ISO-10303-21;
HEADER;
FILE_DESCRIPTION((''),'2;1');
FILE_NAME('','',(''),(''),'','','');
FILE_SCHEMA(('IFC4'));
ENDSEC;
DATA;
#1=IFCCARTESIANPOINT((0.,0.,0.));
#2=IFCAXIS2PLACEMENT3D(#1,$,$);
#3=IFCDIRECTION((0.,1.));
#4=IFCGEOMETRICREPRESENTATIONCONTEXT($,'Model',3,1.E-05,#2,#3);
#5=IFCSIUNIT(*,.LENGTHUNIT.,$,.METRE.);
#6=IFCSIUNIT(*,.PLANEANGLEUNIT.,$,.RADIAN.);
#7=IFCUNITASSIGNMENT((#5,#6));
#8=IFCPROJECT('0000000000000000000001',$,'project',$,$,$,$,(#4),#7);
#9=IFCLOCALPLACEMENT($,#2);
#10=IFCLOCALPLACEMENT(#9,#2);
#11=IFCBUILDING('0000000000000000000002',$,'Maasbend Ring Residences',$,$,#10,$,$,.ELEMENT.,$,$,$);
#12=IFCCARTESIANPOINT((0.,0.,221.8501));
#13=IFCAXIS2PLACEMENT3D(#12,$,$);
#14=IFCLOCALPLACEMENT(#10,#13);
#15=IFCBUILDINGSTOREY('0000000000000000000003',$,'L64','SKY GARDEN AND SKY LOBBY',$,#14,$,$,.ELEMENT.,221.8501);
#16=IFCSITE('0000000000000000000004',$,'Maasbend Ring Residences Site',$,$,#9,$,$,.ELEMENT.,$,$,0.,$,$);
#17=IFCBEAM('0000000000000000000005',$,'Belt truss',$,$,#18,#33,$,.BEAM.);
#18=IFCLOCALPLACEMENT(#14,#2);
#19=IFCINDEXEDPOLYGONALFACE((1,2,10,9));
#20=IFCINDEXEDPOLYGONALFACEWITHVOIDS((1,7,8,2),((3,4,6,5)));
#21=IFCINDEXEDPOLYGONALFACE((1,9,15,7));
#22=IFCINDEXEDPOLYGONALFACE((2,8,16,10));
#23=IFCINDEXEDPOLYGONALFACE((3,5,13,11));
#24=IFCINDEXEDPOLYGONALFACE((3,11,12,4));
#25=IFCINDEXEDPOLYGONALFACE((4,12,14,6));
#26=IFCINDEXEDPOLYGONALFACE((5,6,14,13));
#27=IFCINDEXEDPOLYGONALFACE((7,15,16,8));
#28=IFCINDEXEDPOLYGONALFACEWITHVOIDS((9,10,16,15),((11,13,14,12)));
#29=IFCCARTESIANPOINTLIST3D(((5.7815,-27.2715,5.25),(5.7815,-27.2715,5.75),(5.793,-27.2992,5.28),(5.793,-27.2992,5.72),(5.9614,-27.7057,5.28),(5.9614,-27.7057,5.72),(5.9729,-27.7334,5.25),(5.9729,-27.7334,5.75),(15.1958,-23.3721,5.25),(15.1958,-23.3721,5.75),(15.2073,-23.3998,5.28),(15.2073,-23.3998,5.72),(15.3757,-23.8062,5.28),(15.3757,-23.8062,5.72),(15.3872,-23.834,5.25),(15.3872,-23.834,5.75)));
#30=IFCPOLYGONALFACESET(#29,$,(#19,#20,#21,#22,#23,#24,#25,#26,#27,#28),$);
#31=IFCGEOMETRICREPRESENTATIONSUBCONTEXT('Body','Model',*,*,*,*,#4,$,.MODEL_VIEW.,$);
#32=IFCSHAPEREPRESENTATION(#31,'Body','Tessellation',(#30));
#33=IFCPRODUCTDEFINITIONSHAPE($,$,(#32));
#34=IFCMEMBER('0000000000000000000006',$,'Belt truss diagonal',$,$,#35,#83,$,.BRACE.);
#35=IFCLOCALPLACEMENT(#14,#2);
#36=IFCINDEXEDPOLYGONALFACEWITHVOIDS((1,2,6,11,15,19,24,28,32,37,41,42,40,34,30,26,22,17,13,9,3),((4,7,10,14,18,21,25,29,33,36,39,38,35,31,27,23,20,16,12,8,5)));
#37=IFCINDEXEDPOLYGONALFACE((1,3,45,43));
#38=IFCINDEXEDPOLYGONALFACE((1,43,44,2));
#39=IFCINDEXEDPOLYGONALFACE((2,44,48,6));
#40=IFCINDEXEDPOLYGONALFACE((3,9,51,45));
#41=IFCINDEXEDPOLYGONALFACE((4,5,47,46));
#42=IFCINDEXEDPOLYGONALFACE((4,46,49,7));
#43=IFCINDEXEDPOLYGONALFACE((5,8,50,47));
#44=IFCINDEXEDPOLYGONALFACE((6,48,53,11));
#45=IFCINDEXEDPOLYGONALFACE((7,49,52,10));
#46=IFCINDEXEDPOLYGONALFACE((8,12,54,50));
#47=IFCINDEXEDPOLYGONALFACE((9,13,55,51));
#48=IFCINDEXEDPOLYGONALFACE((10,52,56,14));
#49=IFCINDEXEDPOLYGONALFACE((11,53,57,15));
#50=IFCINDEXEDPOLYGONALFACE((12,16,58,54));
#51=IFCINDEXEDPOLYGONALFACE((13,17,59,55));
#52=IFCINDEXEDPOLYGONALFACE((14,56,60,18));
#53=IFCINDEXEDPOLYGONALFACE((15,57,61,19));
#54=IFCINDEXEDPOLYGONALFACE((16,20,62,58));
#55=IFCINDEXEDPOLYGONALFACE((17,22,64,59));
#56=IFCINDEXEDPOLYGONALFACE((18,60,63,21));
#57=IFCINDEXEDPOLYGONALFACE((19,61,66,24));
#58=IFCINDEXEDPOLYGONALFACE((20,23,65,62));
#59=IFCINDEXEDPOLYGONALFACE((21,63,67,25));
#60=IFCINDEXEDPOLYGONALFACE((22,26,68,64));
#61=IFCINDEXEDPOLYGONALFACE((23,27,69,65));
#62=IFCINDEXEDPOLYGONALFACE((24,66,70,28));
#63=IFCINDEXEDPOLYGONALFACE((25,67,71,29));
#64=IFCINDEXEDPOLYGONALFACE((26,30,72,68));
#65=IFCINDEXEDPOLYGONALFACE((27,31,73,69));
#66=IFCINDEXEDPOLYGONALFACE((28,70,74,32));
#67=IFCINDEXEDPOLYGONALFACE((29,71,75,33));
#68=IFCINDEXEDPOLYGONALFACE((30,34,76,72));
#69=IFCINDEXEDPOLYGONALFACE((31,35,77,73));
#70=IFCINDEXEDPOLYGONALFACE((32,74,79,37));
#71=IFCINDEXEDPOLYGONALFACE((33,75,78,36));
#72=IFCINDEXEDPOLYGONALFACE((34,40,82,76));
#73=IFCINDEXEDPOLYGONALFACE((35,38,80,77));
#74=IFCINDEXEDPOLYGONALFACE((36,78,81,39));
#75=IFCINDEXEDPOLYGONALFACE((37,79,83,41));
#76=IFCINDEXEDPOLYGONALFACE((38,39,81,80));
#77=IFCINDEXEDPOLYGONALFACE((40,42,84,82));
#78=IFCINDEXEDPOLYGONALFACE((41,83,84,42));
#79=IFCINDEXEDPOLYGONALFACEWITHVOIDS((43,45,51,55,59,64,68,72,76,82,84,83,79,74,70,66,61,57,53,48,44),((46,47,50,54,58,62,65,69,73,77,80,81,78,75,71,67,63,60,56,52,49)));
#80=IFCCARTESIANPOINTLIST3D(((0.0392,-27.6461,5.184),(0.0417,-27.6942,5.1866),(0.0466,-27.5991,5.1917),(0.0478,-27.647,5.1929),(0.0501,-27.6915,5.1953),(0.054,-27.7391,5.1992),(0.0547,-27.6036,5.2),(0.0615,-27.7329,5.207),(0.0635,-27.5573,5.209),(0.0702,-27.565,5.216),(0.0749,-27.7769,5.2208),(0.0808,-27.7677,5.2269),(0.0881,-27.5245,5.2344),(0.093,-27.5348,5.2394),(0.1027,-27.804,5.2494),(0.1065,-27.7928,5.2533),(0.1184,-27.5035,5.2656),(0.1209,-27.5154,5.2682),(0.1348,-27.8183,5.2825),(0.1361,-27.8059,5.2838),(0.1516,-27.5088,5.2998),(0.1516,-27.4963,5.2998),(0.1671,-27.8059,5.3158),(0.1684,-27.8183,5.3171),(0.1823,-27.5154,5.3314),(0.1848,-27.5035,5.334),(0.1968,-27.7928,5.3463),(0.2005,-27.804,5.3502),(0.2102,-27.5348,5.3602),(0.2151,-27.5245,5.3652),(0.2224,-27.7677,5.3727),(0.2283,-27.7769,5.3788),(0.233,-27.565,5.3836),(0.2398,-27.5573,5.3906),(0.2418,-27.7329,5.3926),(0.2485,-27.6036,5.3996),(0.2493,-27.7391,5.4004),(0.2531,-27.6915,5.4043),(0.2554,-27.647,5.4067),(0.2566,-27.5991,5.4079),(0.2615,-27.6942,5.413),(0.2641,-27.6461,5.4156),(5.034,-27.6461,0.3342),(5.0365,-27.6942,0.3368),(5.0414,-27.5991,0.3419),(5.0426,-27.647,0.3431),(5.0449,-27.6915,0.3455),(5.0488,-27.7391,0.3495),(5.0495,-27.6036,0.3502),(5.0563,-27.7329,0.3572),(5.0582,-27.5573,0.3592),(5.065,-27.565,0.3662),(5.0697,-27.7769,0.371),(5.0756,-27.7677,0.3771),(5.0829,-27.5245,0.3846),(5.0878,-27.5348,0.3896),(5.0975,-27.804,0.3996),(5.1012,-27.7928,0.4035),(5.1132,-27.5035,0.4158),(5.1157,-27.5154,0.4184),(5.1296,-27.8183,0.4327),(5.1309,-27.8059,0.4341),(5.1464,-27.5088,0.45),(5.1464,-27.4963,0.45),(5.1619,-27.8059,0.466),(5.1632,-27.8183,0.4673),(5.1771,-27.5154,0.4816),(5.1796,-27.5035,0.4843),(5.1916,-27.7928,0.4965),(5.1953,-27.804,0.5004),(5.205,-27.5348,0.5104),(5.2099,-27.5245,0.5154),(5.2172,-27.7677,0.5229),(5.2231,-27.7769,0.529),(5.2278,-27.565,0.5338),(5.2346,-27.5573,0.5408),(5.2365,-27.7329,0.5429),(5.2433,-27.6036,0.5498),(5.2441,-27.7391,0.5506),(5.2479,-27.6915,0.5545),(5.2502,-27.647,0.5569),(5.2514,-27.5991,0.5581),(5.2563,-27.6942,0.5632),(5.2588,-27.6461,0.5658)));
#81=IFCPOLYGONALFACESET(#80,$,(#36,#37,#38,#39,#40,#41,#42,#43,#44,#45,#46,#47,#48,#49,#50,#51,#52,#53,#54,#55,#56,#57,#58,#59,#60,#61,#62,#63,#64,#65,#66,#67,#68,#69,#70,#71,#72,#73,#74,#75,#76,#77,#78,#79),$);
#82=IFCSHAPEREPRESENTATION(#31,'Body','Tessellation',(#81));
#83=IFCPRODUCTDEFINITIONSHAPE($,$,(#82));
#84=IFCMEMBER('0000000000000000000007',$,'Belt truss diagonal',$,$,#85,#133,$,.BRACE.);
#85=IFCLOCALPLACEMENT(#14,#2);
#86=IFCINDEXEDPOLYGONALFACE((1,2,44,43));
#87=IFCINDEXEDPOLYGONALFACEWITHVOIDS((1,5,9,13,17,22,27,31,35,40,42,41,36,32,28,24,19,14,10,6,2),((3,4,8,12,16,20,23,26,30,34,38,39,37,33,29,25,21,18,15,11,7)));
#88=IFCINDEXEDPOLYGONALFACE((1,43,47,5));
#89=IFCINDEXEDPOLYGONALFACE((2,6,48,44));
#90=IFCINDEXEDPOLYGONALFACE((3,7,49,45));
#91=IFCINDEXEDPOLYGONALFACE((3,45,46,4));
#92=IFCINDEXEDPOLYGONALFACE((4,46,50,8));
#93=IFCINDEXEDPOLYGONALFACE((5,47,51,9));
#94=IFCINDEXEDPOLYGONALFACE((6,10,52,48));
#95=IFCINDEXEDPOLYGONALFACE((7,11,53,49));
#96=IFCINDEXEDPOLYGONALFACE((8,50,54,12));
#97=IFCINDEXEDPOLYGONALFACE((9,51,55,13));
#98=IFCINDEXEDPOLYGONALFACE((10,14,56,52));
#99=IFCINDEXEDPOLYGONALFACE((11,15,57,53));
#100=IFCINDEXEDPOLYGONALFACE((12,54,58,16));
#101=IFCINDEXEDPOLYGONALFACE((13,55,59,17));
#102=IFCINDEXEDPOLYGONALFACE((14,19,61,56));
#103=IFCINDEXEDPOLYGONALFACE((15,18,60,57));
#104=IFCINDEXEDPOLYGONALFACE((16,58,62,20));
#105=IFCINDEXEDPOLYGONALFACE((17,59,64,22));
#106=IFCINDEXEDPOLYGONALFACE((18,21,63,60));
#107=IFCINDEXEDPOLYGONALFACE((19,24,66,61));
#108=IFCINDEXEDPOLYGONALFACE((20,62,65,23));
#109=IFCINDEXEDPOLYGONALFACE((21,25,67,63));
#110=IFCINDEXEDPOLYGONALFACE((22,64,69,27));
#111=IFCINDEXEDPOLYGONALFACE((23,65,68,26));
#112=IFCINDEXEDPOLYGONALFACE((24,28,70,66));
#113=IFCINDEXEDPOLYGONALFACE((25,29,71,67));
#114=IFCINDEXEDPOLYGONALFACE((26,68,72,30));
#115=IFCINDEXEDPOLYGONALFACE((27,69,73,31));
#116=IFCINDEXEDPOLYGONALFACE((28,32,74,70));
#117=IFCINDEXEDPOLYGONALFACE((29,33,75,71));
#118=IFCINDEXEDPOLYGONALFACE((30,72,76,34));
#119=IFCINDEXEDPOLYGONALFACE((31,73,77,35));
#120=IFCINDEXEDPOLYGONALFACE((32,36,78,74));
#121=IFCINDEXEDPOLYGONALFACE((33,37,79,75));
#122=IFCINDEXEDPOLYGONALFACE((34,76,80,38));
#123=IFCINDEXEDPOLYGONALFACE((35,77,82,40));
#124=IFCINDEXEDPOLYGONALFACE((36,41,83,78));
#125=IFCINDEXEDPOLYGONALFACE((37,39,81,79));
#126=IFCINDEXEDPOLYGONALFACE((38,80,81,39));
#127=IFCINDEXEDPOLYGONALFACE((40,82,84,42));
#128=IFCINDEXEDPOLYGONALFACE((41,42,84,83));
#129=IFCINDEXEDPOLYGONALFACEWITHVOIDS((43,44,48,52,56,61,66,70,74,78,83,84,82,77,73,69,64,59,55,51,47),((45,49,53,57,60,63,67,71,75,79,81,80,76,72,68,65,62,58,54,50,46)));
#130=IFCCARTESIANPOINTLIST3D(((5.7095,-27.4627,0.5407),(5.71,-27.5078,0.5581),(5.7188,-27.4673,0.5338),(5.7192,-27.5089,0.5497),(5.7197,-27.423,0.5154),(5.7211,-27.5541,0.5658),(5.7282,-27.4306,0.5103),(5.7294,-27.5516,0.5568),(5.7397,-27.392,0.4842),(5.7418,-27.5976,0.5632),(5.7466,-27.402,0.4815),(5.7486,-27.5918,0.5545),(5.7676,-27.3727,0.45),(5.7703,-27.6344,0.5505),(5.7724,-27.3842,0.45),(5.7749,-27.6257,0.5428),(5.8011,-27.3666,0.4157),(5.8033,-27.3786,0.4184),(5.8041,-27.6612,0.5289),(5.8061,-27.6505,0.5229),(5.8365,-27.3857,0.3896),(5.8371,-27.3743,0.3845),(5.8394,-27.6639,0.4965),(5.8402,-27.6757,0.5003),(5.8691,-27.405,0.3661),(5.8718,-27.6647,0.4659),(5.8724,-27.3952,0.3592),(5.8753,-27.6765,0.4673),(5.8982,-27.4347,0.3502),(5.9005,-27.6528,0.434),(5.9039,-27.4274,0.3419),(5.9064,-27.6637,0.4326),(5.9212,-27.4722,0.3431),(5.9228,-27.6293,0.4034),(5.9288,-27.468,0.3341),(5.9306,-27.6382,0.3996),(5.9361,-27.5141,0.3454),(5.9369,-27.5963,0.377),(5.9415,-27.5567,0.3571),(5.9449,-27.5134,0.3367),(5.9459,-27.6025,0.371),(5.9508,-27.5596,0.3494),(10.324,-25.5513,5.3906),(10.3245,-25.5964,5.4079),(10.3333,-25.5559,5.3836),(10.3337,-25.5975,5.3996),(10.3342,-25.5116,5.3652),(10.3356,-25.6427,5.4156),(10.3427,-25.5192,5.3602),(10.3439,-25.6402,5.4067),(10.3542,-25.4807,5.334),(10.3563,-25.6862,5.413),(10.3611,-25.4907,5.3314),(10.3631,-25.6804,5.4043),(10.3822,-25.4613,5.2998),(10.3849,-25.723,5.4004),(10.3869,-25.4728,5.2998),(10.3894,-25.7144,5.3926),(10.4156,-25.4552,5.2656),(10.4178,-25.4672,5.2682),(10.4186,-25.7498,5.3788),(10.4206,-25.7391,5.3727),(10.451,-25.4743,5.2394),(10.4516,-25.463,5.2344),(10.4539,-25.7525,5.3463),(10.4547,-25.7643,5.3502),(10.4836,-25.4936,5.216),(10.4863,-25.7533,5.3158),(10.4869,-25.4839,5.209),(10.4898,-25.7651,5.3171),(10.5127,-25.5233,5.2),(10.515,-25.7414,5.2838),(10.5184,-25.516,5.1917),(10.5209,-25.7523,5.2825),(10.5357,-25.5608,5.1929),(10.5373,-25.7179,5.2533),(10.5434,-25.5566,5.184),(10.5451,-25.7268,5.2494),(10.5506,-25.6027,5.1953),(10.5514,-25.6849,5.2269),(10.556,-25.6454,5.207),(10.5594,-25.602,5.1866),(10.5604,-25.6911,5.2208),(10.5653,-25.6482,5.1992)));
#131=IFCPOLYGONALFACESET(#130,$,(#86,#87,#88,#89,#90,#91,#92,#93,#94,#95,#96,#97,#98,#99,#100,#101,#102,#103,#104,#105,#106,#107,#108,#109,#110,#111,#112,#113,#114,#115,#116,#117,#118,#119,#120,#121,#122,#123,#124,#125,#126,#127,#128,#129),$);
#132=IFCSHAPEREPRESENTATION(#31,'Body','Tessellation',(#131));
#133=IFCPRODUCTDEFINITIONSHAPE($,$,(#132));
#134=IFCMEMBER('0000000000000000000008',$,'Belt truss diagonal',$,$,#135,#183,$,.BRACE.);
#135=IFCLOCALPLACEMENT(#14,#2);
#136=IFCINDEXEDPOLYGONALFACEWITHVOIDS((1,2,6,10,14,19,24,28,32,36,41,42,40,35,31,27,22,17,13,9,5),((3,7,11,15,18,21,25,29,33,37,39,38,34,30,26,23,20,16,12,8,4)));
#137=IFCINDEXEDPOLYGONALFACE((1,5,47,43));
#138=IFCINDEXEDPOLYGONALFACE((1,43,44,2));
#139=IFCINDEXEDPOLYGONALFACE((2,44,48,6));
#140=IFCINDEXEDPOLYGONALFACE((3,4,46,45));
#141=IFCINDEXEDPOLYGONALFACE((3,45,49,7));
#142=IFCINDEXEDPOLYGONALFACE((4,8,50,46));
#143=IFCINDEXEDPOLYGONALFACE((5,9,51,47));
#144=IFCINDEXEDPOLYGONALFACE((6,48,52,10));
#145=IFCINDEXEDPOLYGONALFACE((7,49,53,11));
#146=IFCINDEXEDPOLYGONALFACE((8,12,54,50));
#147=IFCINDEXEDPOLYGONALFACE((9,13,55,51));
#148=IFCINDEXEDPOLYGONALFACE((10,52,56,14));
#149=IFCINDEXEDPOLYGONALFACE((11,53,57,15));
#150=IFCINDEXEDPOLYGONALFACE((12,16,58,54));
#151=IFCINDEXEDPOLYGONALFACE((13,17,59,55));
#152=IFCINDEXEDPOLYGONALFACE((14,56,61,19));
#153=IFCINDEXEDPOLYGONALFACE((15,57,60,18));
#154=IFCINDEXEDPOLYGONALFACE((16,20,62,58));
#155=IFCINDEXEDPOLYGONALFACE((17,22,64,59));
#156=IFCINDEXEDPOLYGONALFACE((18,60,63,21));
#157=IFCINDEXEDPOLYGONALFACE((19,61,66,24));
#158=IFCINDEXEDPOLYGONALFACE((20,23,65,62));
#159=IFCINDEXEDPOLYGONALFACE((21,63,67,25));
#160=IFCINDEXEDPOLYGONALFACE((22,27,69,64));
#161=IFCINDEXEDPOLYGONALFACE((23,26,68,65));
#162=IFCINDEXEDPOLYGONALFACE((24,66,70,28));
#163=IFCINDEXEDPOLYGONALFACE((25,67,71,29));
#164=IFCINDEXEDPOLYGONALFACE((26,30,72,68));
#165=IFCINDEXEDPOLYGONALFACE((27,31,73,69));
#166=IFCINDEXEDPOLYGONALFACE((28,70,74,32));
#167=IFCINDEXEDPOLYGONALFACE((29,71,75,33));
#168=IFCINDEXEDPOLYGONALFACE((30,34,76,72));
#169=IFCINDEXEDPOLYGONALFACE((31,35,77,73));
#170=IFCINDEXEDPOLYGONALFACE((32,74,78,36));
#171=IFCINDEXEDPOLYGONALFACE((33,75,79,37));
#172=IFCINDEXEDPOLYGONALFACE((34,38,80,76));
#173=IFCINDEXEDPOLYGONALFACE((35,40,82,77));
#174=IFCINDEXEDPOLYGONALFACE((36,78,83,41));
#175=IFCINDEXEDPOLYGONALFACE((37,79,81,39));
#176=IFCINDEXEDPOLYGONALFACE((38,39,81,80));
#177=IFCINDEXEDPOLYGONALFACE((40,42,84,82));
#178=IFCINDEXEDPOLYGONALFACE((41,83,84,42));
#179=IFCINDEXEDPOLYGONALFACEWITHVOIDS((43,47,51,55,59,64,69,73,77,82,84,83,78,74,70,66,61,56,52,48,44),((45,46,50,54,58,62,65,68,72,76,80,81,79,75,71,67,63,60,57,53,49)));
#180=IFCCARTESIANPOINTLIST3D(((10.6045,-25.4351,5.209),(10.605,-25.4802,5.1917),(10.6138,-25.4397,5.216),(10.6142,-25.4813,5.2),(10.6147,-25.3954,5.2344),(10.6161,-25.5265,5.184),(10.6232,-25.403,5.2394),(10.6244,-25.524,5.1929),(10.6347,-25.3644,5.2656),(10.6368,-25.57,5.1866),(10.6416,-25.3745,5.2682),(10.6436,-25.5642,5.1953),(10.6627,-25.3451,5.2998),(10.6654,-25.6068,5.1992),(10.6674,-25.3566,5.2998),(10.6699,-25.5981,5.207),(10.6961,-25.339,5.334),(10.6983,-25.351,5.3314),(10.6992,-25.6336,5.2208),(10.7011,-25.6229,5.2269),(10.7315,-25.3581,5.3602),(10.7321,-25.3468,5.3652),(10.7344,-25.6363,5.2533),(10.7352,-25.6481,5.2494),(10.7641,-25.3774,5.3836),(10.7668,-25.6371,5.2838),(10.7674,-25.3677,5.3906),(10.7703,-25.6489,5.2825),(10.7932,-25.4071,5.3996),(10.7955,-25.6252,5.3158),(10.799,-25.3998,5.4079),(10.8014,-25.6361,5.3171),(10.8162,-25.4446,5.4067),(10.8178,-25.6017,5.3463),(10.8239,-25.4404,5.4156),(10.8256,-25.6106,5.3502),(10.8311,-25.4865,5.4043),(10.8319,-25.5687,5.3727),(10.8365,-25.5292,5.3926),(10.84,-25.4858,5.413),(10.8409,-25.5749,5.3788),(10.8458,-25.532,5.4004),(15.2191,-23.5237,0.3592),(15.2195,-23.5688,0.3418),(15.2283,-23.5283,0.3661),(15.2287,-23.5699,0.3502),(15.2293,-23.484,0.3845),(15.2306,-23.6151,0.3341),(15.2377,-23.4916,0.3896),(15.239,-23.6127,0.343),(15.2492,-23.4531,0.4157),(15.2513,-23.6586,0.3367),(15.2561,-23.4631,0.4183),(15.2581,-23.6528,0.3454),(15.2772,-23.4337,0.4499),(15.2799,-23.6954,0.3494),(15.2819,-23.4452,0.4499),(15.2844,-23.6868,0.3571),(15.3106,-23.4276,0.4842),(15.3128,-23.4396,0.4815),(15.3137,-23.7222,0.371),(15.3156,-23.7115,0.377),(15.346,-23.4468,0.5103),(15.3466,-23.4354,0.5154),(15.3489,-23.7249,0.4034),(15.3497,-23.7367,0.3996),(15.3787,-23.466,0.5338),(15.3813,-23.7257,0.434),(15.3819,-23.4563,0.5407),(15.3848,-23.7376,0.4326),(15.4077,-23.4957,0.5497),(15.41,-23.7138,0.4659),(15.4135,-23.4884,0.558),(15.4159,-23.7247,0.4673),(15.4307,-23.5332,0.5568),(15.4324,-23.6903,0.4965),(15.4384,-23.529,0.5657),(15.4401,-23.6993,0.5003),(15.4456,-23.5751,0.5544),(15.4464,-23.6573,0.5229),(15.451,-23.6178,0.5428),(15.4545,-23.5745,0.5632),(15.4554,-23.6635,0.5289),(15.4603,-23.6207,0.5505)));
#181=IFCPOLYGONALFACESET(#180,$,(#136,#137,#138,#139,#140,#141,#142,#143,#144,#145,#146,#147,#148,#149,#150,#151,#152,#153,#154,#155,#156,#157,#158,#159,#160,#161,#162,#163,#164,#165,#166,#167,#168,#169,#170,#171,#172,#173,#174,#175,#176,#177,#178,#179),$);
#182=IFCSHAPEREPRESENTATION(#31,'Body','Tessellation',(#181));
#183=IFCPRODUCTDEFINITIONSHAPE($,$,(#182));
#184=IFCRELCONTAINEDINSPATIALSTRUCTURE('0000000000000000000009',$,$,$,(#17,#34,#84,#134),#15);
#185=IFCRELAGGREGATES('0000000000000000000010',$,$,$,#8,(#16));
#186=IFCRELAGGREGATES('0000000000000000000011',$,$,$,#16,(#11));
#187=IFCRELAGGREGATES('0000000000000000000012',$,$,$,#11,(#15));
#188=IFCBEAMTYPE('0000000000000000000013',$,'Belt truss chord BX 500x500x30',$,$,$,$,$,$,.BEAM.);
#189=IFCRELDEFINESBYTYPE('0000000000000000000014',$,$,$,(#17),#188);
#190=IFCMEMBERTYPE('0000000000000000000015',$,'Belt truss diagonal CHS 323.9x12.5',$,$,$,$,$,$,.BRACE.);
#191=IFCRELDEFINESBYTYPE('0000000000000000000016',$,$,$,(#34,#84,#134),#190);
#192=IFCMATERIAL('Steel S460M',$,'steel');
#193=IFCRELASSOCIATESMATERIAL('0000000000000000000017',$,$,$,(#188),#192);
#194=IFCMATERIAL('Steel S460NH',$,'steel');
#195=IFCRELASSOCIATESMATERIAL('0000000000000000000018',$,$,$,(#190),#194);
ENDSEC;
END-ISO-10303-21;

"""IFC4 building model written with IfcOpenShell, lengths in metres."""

from ifc_helpers import new_model, si_unit, direction, frame, origin, origin_2d, place, context, subcontext, project, spatial, hollow_rectangle, hollow_circle, extrude, material, material_profile, profile_set, type_object, element, save


model = new_model("IFC4")

# Units and contexts
model_context = context("Model", 3, precision=1e-05, world=origin(), true_north=direction((0.0, 1.0)))
body_context = subcontext(model_context, "Body", "Model", "MODEL_VIEW")
ifc_project = project(units=[si_unit("LENGTHUNIT", "METRE"), si_unit("PLANEANGLEUNIT", "RADIAN")], contexts=[model_context])

# Site, building, storey
site_placement = place(None, origin())
site = spatial("IfcSite", under=ifc_project, at=site_placement, Name="Maasbend Ring Residences Site", CompositionType="ELEMENT", RefElevation=0.0)
building_placement = place(site_placement, origin())
building = spatial("IfcBuilding", under=site, at=building_placement, Name="Maasbend Ring Residences", CompositionType="ELEMENT")
storey_placement = place(building_placement, frame((0.0, 0.0, 221.8501)))
storey = spatial("IfcBuildingStorey", under=building, at=storey_placement, Name="L64", Description="SKY GARDEN AND SKY LOBBY", CompositionType="ELEMENT", Elevation=221.8501)

# Beam
ifc_material_1 = material(Name="Steel S460M", Category="steel")
ifc_material_profile_1 = material_profile(ifc_material_1, hollow_rectangle(XDim=0.5, YDim=0.5, WallThickness=0.03, at=origin_2d()), Name="Belt truss chord BX 500x500x30")
ifc_profile_set_1 = profile_set([ifc_material_profile_1], Name="Steel S460M")
beam_type_1 = type_object("IfcBeamType", Name="Belt truss chord BX 500x500x30", PredefinedType="BEAM", material=ifc_profile_set_1)
for number, where, z_axis, x_axis, name in (
    (1, (5.8772, -27.5024, 5.5), (0.923884, 0.382673, 0.0), (-0.382673, 0.923884, 0.0), "Belt truss"),
):
    element("IfcBeam", number, at=place(storey_placement, frame(where, z_axis=z_axis, x_axis=x_axis)), inside=storey, type_object=beam_type_1, Name=name, PredefinedType="BEAM", context=body_context, shape_type="SweptSolid", body=[
        extrude(hollow_rectangle(XDim=0.5, YDim=0.5, WallThickness=0.03, at=origin_2d()), origin(), (0.0, 0.0, 1.0), 10.1899),
    ])

# Members
ifc_material_2 = material(Name="Steel S460NH", Category="steel")
ifc_material_profile_2 = material_profile(ifc_material_2, hollow_circle(Radius=0.1619, WallThickness=0.0125, at=origin_2d()), Name="Belt truss diagonal CHS 323.9x12.5")
ifc_profile_set_2 = profile_set([ifc_material_profile_2], Name="Steel S460NH")
member_type_1 = type_object("IfcMemberType", Name="Belt truss diagonal CHS 323.9x12.5", PredefinedType="BRACE", material=ifc_profile_set_2)
for number, where, z_axis, x_axis, name in (
    (2, (0.1516, -27.6582, 5.2998), (0.717445, 0.0, -0.696615), (0.0, 1.0, 0.0), "Belt truss diagonal"),
    (3, (5.8296, -27.5222, 0.45), (0.662822, 0.274548, 0.696628), (-0.382681, 0.92388, 0.0), "Belt truss diagonal"),
    (4, (10.7246, -25.4946, 5.2998), (0.662822, 0.274548, -0.696628), (-0.382681, 0.92388, 0.0), "Belt truss diagonal"),
):
    element("IfcMember", number, at=place(storey_placement, frame(where, z_axis=z_axis, x_axis=x_axis)), inside=storey, type_object=member_type_1, Name=name, PredefinedType="BRACE", context=body_context, shape_type="SweptSolid", body=[
        extrude(hollow_circle(Radius=0.1619, WallThickness=0.0125, at=origin_2d()), origin(), (0.0, 0.0, 1.0), 6.9619),
    ])

save(model, "model.ifc")
